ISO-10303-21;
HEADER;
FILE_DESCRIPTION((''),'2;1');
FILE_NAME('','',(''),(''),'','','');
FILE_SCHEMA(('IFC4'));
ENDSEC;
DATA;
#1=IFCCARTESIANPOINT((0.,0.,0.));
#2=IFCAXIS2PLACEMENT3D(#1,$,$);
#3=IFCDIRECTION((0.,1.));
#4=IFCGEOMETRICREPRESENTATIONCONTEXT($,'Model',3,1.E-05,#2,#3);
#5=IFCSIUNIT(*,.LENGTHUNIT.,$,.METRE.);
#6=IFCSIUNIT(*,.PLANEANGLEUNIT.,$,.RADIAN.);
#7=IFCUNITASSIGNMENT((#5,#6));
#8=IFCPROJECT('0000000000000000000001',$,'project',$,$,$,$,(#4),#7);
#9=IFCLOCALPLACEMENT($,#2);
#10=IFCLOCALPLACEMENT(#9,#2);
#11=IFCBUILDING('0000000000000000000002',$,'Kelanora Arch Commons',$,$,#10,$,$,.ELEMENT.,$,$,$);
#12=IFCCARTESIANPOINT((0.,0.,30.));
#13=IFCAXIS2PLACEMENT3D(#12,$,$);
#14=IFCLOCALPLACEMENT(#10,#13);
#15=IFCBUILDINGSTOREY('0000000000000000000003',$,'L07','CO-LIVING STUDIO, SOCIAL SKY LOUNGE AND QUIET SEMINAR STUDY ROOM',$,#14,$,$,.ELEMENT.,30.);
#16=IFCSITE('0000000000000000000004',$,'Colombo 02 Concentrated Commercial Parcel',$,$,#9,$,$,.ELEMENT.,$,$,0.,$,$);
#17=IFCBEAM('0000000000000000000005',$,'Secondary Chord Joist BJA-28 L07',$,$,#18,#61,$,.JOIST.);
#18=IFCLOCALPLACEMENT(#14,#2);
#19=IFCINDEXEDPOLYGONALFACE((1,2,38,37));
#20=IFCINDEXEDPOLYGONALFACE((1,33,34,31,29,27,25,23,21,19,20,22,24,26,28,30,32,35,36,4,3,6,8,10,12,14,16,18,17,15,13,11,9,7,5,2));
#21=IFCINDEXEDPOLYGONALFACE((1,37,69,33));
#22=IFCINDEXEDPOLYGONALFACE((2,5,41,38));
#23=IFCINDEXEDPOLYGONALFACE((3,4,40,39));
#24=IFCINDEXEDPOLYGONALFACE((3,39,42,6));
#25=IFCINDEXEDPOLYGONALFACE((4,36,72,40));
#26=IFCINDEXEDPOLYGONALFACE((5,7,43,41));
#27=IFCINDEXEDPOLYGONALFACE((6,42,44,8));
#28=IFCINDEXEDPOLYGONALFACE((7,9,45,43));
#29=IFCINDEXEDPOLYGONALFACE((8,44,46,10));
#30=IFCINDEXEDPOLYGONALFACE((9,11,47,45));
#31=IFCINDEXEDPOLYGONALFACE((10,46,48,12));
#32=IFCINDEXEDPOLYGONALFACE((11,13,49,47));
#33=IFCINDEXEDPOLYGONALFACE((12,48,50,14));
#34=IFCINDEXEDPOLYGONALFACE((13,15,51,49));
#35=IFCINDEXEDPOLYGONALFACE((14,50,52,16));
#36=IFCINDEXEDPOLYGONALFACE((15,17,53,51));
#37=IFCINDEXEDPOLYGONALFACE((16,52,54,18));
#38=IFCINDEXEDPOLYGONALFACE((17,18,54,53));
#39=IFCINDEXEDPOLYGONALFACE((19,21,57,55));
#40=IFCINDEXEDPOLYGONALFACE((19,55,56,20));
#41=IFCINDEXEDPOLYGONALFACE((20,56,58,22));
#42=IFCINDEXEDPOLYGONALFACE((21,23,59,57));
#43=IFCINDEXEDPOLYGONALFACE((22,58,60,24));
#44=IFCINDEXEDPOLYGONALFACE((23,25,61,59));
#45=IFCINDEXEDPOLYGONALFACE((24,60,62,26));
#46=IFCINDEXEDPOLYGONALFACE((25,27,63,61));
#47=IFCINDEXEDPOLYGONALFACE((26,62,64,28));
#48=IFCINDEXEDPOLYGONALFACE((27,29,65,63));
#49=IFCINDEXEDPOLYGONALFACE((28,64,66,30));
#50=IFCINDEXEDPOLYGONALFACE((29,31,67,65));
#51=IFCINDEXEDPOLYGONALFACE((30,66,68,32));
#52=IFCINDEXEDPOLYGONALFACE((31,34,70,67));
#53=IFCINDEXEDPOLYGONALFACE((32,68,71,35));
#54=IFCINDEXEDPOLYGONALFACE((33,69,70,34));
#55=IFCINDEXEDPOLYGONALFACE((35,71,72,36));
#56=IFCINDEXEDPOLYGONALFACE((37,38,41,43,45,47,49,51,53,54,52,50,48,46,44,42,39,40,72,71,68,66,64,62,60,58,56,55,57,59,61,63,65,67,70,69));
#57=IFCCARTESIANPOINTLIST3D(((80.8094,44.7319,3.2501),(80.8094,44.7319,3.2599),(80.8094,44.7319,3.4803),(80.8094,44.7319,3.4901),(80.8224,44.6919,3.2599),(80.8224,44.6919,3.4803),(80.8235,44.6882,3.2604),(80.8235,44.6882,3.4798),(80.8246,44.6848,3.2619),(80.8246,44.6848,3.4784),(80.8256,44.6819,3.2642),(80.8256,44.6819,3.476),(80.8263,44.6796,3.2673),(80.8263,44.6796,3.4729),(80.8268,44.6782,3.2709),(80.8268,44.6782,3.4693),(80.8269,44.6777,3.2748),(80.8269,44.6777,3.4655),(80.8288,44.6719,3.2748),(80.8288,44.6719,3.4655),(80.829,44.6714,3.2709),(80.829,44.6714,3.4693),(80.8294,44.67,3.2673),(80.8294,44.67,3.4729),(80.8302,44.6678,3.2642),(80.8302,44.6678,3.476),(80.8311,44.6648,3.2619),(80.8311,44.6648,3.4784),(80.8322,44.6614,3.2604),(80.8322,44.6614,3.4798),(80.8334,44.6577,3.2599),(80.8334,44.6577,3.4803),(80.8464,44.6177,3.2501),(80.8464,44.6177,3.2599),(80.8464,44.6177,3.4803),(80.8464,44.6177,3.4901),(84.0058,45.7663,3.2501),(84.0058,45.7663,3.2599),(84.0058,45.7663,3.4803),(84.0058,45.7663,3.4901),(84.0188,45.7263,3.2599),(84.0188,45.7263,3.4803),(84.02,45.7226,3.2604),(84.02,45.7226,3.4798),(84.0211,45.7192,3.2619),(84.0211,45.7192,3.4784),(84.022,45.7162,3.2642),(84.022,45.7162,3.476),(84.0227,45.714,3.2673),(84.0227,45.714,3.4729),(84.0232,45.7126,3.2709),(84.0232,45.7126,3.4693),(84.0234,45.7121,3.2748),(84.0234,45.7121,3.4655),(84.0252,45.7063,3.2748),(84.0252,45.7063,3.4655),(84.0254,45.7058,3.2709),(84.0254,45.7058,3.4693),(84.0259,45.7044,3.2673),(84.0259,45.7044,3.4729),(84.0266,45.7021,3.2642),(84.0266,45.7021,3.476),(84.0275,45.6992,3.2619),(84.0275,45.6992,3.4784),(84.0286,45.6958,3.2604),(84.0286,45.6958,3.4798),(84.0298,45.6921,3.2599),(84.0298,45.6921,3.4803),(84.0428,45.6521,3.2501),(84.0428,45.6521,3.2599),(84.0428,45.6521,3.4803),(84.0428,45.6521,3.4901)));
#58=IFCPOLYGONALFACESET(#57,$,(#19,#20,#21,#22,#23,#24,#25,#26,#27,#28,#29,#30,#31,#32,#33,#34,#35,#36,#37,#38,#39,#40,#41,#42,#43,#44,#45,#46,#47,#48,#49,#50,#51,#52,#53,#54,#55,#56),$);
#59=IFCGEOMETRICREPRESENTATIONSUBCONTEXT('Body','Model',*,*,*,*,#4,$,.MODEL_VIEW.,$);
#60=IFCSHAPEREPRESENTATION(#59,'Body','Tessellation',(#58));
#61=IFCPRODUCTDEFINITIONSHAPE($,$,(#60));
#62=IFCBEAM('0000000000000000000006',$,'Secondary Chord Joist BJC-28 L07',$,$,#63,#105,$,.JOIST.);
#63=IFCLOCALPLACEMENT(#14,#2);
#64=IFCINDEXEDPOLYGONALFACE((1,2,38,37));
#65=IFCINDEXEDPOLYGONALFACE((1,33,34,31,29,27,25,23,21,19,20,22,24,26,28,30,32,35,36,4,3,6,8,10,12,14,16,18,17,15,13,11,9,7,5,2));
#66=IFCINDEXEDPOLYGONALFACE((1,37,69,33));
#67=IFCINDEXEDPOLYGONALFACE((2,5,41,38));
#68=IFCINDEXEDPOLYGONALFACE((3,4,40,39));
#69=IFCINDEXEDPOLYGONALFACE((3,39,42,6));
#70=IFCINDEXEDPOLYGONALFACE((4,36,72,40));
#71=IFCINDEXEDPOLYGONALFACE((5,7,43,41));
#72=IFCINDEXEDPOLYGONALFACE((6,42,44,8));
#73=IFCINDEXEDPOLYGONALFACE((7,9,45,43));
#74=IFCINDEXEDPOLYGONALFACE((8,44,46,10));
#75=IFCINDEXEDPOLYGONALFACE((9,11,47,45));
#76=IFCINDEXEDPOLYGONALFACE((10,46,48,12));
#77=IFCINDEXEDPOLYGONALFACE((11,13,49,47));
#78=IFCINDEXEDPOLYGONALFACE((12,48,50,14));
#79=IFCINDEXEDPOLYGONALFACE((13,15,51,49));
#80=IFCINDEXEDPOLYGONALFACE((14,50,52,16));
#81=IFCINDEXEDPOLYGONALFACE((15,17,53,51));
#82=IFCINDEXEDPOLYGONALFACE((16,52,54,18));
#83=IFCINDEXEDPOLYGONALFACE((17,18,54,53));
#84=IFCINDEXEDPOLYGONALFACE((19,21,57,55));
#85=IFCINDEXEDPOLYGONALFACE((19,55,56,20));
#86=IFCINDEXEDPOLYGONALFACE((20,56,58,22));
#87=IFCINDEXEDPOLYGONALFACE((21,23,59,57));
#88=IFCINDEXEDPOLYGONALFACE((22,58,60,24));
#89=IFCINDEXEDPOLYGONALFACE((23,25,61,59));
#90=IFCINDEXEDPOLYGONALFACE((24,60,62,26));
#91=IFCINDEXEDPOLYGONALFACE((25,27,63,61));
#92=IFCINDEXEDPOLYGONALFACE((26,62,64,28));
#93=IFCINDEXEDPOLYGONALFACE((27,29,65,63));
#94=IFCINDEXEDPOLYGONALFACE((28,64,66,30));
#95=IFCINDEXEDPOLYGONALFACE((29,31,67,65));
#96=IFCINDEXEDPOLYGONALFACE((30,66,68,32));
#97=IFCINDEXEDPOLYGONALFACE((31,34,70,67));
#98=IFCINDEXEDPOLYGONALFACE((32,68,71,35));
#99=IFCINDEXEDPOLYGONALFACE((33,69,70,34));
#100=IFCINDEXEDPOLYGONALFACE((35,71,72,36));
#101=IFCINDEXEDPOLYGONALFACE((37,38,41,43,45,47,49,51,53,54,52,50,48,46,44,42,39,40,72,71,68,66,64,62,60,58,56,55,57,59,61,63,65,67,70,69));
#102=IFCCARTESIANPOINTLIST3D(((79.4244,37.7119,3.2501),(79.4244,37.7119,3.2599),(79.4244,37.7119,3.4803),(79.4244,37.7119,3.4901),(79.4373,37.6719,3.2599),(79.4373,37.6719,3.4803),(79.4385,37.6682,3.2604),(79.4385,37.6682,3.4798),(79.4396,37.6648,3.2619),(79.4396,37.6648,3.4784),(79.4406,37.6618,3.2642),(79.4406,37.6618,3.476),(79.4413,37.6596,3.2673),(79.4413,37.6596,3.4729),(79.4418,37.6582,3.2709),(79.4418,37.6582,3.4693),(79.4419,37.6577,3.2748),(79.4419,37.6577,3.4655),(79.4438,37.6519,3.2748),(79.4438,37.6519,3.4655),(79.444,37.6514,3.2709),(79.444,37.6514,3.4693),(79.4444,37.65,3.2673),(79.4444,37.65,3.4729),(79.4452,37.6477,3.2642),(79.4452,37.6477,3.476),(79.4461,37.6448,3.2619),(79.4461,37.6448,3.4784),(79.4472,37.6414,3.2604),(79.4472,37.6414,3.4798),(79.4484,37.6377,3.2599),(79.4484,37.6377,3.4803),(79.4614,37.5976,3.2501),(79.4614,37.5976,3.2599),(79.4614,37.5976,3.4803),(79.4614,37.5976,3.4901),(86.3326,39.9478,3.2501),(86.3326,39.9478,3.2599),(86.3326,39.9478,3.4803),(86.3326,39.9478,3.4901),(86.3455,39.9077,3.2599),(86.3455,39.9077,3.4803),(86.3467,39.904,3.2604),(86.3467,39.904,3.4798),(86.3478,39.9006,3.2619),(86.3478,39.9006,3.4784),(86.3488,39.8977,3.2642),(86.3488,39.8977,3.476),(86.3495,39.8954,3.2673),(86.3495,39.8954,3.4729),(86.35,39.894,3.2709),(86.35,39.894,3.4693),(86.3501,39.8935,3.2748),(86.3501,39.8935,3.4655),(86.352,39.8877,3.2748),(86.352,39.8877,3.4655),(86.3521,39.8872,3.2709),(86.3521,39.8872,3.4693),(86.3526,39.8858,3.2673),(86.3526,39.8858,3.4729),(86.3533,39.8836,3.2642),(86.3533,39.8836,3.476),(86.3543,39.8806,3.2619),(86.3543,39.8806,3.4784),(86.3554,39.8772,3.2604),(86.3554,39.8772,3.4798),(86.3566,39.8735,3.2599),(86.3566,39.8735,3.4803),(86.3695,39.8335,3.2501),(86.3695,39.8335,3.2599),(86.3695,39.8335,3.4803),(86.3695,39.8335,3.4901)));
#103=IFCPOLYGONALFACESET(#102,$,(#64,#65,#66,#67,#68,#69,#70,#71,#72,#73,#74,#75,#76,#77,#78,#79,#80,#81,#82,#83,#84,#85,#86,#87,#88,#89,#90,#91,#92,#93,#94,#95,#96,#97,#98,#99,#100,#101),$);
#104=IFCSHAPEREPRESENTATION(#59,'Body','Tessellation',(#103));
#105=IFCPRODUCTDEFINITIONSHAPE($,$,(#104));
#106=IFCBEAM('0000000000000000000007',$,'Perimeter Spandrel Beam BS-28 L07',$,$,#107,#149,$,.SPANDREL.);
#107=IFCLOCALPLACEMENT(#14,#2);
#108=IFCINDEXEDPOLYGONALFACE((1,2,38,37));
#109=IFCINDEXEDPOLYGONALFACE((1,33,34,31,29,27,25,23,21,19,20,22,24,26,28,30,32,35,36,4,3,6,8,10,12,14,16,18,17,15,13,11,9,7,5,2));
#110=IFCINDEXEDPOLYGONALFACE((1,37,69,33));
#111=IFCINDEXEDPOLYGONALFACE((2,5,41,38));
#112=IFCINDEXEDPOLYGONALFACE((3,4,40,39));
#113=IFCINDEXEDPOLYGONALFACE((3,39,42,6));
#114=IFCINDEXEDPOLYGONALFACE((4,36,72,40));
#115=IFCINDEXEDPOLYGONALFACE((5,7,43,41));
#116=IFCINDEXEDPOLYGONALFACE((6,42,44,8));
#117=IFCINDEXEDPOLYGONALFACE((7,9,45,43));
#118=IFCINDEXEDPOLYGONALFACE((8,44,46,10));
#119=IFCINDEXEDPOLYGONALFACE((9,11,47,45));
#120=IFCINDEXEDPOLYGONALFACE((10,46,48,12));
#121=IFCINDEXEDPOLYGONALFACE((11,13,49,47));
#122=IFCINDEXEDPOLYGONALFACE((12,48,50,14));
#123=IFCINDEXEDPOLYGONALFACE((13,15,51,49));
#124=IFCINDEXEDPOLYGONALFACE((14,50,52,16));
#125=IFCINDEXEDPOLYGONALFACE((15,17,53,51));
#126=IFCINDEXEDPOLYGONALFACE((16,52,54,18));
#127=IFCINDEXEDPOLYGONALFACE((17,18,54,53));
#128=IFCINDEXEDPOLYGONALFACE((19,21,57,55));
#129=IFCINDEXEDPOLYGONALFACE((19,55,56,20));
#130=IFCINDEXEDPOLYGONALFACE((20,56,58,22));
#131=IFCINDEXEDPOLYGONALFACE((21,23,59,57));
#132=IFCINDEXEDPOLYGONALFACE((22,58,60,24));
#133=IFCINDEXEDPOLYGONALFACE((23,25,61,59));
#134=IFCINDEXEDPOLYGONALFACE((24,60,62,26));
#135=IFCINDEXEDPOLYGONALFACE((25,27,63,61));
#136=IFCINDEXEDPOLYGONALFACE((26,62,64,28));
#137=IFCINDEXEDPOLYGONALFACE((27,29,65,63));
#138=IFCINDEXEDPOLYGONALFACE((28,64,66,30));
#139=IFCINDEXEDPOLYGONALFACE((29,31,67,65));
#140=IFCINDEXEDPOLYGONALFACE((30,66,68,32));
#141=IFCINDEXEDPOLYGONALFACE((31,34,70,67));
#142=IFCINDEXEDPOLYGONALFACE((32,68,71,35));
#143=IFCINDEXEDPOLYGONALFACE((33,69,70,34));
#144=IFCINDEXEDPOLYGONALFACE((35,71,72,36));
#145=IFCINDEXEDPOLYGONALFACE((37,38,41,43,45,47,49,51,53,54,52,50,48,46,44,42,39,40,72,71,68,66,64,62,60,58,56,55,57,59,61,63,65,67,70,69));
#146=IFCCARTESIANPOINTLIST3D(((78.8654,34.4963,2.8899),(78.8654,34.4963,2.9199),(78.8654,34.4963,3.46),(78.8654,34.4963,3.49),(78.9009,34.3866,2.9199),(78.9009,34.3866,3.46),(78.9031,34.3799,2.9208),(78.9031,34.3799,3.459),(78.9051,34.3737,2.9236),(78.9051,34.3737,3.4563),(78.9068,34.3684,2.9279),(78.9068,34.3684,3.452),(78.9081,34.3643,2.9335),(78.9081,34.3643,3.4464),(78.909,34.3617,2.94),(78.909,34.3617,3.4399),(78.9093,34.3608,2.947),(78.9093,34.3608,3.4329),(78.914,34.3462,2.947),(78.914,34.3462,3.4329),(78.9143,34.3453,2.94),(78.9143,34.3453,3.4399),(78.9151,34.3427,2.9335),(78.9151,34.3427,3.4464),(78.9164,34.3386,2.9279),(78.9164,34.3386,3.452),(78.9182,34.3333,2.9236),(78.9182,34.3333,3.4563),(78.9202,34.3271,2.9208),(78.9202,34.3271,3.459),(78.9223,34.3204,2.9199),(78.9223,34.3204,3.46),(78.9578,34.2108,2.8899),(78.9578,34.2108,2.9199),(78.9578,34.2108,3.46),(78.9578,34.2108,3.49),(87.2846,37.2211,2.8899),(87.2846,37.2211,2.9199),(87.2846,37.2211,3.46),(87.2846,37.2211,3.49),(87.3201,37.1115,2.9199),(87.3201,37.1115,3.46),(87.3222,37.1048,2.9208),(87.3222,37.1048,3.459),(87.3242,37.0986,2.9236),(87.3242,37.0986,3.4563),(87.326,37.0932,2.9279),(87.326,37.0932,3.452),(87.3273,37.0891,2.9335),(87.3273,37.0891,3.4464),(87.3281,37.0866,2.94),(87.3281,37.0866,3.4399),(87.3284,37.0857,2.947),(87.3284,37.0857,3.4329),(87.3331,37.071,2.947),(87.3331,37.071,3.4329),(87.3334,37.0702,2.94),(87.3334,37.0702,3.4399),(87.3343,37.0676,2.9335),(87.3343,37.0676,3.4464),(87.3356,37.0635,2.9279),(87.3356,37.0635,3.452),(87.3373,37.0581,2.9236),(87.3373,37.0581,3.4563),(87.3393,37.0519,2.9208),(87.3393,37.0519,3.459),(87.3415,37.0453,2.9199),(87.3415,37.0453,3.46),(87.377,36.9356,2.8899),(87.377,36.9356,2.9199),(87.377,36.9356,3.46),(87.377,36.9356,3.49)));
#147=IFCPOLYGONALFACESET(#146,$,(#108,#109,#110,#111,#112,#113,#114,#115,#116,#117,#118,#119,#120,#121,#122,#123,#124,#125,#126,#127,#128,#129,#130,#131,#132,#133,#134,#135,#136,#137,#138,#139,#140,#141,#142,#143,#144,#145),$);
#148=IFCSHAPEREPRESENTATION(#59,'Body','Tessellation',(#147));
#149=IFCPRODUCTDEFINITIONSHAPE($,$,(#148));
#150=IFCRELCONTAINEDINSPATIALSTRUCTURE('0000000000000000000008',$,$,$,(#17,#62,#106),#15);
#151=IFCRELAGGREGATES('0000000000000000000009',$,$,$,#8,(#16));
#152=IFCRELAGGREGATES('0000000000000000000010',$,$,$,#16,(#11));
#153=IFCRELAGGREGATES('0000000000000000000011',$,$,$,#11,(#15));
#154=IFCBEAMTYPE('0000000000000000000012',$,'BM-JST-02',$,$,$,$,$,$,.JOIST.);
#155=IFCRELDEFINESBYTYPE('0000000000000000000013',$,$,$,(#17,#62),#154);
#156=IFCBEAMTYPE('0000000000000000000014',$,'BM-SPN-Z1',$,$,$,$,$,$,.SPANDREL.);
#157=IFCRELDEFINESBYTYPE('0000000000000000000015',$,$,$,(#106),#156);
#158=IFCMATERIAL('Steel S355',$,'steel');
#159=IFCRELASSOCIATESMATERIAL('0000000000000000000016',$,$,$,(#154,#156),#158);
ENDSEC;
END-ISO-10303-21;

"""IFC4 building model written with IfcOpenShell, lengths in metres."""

from ifc_helpers import new_model, si_unit, direction, frame, origin, origin_2d, place, context, subcontext, project, spatial, i_section, extrude, material, material_profile, profile_set, type_object, element, save


model = new_model("IFC4")

# Units and contexts
model_context = context("Model", 3, precision=1e-05, world=origin(), true_north=direction((0.0, 1.0)))
body_context = subcontext(model_context, "Body", "Model", "MODEL_VIEW")
ifc_project = project(units=[si_unit("LENGTHUNIT", "METRE"), si_unit("PLANEANGLEUNIT", "RADIAN")], contexts=[model_context])

# Site, building, storey
site_placement = place(None, origin())
site = spatial("IfcSite", under=ifc_project, at=site_placement, Name="Colombo 02 Concentrated Commercial Parcel", CompositionType="ELEMENT", RefElevation=0.0)
building_placement = place(site_placement, origin())
building = spatial("IfcBuilding", under=site, at=building_placement, Name="Kelanora Arch Commons", CompositionType="ELEMENT")
storey_placement = place(building_placement, frame((0.0, 0.0, 30.0)))
storey = spatial("IfcBuildingStorey", under=building, at=storey_placement, Name="L07", Description="CO-LIVING STUDIO, SOCIAL SKY LOUNGE AND QUIET SEMINAR STUDY ROOM", CompositionType="ELEMENT", Elevation=30.0)

# Beams
ifc_material_1 = material(Name="Steel S355", Category="steel")
ifc_material_profile_1 = material_profile(ifc_material_1, i_section(OverallWidth=0.1201, OverallDepth=0.24, WebThickness=0.0061, FlangeThickness=0.0098, FilletRadius=0.0149, at=origin_2d()), Name="IPE240")
ifc_profile_set_1 = profile_set([ifc_material_profile_1], Name="Steel S355")
beam_type_1 = type_object("IfcBeamType", Name="BM-JST-02", PredefinedType="JOIST", material=ifc_profile_set_1)
beam_1_placement = place(storey_placement, frame((80.8279, 44.6748, 3.3701), z_axis=(0.951423, 0.307888, 0.0), x_axis=(-0.307888, 0.951423, 0.0)))
element("IfcBeam", 1, at=beam_1_placement, inside=storey, type_object=beam_type_1, Name="Secondary Chord Joist BJA-28 L07", PredefinedType="JOIST", context=body_context, shape_type="SweptSolid", body=[
    extrude(i_section(OverallWidth=0.1201, OverallDepth=0.24, WebThickness=0.0061, FlangeThickness=0.0098, FilletRadius=0.0149, at=origin_2d()), origin(), (0.0, 0.0, 1.0), 3.3596),
])
beam_2_placement = place(storey_placement, frame((79.4429, 37.6548, 3.3701), z_axis=(0.951411, 0.307924, 0.0), x_axis=(-0.307924, 0.951411, 0.0)))
element("IfcBeam", 2, at=beam_2_placement, inside=storey, type_object=beam_type_1, Name="Secondary Chord Joist BJC-28 L07", PredefinedType="JOIST", context=body_context, shape_type="SweptSolid", body=[
    extrude(i_section(OverallWidth=0.1201, OverallDepth=0.24, WebThickness=0.0061, FlangeThickness=0.0098, FilletRadius=0.0149, at=origin_2d()), origin(), (0.0, 0.0, 1.0), 7.261),
])
ifc_material_profile_2 = material_profile(ifc_material_1, i_section(OverallWidth=0.3, OverallDepth=0.6001, WebThickness=0.0154, FlangeThickness=0.03, FilletRadius=0.0271, at=origin_2d()), Name="HEB600")
ifc_profile_set_2 = profile_set([ifc_material_profile_2], Name="Steel S355")
beam_type_2 = type_object("IfcBeamType", Name="BM-SPN-Z1", PredefinedType="SPANDREL", material=ifc_profile_set_2)
beam_3_placement = place(storey_placement, frame((78.9116, 34.3535, 3.1899), z_axis=(0.951411, 0.307922, 0.0), x_axis=(-0.307922, 0.951411, 0.0)))
element("IfcBeam", 3, at=beam_3_placement, inside=storey, type_object=beam_type_2, Name="Perimeter Spandrel Beam BS-28 L07", PredefinedType="SPANDREL", context=body_context, shape_type="SweptSolid", body=[
    extrude(i_section(OverallWidth=0.3, OverallDepth=0.6001, WebThickness=0.0154, FlangeThickness=0.03, FilletRadius=0.0271, at=origin_2d()), origin(), (0.0, 0.0, 1.0), 8.8491),
])

save(model, "model.ifc")
